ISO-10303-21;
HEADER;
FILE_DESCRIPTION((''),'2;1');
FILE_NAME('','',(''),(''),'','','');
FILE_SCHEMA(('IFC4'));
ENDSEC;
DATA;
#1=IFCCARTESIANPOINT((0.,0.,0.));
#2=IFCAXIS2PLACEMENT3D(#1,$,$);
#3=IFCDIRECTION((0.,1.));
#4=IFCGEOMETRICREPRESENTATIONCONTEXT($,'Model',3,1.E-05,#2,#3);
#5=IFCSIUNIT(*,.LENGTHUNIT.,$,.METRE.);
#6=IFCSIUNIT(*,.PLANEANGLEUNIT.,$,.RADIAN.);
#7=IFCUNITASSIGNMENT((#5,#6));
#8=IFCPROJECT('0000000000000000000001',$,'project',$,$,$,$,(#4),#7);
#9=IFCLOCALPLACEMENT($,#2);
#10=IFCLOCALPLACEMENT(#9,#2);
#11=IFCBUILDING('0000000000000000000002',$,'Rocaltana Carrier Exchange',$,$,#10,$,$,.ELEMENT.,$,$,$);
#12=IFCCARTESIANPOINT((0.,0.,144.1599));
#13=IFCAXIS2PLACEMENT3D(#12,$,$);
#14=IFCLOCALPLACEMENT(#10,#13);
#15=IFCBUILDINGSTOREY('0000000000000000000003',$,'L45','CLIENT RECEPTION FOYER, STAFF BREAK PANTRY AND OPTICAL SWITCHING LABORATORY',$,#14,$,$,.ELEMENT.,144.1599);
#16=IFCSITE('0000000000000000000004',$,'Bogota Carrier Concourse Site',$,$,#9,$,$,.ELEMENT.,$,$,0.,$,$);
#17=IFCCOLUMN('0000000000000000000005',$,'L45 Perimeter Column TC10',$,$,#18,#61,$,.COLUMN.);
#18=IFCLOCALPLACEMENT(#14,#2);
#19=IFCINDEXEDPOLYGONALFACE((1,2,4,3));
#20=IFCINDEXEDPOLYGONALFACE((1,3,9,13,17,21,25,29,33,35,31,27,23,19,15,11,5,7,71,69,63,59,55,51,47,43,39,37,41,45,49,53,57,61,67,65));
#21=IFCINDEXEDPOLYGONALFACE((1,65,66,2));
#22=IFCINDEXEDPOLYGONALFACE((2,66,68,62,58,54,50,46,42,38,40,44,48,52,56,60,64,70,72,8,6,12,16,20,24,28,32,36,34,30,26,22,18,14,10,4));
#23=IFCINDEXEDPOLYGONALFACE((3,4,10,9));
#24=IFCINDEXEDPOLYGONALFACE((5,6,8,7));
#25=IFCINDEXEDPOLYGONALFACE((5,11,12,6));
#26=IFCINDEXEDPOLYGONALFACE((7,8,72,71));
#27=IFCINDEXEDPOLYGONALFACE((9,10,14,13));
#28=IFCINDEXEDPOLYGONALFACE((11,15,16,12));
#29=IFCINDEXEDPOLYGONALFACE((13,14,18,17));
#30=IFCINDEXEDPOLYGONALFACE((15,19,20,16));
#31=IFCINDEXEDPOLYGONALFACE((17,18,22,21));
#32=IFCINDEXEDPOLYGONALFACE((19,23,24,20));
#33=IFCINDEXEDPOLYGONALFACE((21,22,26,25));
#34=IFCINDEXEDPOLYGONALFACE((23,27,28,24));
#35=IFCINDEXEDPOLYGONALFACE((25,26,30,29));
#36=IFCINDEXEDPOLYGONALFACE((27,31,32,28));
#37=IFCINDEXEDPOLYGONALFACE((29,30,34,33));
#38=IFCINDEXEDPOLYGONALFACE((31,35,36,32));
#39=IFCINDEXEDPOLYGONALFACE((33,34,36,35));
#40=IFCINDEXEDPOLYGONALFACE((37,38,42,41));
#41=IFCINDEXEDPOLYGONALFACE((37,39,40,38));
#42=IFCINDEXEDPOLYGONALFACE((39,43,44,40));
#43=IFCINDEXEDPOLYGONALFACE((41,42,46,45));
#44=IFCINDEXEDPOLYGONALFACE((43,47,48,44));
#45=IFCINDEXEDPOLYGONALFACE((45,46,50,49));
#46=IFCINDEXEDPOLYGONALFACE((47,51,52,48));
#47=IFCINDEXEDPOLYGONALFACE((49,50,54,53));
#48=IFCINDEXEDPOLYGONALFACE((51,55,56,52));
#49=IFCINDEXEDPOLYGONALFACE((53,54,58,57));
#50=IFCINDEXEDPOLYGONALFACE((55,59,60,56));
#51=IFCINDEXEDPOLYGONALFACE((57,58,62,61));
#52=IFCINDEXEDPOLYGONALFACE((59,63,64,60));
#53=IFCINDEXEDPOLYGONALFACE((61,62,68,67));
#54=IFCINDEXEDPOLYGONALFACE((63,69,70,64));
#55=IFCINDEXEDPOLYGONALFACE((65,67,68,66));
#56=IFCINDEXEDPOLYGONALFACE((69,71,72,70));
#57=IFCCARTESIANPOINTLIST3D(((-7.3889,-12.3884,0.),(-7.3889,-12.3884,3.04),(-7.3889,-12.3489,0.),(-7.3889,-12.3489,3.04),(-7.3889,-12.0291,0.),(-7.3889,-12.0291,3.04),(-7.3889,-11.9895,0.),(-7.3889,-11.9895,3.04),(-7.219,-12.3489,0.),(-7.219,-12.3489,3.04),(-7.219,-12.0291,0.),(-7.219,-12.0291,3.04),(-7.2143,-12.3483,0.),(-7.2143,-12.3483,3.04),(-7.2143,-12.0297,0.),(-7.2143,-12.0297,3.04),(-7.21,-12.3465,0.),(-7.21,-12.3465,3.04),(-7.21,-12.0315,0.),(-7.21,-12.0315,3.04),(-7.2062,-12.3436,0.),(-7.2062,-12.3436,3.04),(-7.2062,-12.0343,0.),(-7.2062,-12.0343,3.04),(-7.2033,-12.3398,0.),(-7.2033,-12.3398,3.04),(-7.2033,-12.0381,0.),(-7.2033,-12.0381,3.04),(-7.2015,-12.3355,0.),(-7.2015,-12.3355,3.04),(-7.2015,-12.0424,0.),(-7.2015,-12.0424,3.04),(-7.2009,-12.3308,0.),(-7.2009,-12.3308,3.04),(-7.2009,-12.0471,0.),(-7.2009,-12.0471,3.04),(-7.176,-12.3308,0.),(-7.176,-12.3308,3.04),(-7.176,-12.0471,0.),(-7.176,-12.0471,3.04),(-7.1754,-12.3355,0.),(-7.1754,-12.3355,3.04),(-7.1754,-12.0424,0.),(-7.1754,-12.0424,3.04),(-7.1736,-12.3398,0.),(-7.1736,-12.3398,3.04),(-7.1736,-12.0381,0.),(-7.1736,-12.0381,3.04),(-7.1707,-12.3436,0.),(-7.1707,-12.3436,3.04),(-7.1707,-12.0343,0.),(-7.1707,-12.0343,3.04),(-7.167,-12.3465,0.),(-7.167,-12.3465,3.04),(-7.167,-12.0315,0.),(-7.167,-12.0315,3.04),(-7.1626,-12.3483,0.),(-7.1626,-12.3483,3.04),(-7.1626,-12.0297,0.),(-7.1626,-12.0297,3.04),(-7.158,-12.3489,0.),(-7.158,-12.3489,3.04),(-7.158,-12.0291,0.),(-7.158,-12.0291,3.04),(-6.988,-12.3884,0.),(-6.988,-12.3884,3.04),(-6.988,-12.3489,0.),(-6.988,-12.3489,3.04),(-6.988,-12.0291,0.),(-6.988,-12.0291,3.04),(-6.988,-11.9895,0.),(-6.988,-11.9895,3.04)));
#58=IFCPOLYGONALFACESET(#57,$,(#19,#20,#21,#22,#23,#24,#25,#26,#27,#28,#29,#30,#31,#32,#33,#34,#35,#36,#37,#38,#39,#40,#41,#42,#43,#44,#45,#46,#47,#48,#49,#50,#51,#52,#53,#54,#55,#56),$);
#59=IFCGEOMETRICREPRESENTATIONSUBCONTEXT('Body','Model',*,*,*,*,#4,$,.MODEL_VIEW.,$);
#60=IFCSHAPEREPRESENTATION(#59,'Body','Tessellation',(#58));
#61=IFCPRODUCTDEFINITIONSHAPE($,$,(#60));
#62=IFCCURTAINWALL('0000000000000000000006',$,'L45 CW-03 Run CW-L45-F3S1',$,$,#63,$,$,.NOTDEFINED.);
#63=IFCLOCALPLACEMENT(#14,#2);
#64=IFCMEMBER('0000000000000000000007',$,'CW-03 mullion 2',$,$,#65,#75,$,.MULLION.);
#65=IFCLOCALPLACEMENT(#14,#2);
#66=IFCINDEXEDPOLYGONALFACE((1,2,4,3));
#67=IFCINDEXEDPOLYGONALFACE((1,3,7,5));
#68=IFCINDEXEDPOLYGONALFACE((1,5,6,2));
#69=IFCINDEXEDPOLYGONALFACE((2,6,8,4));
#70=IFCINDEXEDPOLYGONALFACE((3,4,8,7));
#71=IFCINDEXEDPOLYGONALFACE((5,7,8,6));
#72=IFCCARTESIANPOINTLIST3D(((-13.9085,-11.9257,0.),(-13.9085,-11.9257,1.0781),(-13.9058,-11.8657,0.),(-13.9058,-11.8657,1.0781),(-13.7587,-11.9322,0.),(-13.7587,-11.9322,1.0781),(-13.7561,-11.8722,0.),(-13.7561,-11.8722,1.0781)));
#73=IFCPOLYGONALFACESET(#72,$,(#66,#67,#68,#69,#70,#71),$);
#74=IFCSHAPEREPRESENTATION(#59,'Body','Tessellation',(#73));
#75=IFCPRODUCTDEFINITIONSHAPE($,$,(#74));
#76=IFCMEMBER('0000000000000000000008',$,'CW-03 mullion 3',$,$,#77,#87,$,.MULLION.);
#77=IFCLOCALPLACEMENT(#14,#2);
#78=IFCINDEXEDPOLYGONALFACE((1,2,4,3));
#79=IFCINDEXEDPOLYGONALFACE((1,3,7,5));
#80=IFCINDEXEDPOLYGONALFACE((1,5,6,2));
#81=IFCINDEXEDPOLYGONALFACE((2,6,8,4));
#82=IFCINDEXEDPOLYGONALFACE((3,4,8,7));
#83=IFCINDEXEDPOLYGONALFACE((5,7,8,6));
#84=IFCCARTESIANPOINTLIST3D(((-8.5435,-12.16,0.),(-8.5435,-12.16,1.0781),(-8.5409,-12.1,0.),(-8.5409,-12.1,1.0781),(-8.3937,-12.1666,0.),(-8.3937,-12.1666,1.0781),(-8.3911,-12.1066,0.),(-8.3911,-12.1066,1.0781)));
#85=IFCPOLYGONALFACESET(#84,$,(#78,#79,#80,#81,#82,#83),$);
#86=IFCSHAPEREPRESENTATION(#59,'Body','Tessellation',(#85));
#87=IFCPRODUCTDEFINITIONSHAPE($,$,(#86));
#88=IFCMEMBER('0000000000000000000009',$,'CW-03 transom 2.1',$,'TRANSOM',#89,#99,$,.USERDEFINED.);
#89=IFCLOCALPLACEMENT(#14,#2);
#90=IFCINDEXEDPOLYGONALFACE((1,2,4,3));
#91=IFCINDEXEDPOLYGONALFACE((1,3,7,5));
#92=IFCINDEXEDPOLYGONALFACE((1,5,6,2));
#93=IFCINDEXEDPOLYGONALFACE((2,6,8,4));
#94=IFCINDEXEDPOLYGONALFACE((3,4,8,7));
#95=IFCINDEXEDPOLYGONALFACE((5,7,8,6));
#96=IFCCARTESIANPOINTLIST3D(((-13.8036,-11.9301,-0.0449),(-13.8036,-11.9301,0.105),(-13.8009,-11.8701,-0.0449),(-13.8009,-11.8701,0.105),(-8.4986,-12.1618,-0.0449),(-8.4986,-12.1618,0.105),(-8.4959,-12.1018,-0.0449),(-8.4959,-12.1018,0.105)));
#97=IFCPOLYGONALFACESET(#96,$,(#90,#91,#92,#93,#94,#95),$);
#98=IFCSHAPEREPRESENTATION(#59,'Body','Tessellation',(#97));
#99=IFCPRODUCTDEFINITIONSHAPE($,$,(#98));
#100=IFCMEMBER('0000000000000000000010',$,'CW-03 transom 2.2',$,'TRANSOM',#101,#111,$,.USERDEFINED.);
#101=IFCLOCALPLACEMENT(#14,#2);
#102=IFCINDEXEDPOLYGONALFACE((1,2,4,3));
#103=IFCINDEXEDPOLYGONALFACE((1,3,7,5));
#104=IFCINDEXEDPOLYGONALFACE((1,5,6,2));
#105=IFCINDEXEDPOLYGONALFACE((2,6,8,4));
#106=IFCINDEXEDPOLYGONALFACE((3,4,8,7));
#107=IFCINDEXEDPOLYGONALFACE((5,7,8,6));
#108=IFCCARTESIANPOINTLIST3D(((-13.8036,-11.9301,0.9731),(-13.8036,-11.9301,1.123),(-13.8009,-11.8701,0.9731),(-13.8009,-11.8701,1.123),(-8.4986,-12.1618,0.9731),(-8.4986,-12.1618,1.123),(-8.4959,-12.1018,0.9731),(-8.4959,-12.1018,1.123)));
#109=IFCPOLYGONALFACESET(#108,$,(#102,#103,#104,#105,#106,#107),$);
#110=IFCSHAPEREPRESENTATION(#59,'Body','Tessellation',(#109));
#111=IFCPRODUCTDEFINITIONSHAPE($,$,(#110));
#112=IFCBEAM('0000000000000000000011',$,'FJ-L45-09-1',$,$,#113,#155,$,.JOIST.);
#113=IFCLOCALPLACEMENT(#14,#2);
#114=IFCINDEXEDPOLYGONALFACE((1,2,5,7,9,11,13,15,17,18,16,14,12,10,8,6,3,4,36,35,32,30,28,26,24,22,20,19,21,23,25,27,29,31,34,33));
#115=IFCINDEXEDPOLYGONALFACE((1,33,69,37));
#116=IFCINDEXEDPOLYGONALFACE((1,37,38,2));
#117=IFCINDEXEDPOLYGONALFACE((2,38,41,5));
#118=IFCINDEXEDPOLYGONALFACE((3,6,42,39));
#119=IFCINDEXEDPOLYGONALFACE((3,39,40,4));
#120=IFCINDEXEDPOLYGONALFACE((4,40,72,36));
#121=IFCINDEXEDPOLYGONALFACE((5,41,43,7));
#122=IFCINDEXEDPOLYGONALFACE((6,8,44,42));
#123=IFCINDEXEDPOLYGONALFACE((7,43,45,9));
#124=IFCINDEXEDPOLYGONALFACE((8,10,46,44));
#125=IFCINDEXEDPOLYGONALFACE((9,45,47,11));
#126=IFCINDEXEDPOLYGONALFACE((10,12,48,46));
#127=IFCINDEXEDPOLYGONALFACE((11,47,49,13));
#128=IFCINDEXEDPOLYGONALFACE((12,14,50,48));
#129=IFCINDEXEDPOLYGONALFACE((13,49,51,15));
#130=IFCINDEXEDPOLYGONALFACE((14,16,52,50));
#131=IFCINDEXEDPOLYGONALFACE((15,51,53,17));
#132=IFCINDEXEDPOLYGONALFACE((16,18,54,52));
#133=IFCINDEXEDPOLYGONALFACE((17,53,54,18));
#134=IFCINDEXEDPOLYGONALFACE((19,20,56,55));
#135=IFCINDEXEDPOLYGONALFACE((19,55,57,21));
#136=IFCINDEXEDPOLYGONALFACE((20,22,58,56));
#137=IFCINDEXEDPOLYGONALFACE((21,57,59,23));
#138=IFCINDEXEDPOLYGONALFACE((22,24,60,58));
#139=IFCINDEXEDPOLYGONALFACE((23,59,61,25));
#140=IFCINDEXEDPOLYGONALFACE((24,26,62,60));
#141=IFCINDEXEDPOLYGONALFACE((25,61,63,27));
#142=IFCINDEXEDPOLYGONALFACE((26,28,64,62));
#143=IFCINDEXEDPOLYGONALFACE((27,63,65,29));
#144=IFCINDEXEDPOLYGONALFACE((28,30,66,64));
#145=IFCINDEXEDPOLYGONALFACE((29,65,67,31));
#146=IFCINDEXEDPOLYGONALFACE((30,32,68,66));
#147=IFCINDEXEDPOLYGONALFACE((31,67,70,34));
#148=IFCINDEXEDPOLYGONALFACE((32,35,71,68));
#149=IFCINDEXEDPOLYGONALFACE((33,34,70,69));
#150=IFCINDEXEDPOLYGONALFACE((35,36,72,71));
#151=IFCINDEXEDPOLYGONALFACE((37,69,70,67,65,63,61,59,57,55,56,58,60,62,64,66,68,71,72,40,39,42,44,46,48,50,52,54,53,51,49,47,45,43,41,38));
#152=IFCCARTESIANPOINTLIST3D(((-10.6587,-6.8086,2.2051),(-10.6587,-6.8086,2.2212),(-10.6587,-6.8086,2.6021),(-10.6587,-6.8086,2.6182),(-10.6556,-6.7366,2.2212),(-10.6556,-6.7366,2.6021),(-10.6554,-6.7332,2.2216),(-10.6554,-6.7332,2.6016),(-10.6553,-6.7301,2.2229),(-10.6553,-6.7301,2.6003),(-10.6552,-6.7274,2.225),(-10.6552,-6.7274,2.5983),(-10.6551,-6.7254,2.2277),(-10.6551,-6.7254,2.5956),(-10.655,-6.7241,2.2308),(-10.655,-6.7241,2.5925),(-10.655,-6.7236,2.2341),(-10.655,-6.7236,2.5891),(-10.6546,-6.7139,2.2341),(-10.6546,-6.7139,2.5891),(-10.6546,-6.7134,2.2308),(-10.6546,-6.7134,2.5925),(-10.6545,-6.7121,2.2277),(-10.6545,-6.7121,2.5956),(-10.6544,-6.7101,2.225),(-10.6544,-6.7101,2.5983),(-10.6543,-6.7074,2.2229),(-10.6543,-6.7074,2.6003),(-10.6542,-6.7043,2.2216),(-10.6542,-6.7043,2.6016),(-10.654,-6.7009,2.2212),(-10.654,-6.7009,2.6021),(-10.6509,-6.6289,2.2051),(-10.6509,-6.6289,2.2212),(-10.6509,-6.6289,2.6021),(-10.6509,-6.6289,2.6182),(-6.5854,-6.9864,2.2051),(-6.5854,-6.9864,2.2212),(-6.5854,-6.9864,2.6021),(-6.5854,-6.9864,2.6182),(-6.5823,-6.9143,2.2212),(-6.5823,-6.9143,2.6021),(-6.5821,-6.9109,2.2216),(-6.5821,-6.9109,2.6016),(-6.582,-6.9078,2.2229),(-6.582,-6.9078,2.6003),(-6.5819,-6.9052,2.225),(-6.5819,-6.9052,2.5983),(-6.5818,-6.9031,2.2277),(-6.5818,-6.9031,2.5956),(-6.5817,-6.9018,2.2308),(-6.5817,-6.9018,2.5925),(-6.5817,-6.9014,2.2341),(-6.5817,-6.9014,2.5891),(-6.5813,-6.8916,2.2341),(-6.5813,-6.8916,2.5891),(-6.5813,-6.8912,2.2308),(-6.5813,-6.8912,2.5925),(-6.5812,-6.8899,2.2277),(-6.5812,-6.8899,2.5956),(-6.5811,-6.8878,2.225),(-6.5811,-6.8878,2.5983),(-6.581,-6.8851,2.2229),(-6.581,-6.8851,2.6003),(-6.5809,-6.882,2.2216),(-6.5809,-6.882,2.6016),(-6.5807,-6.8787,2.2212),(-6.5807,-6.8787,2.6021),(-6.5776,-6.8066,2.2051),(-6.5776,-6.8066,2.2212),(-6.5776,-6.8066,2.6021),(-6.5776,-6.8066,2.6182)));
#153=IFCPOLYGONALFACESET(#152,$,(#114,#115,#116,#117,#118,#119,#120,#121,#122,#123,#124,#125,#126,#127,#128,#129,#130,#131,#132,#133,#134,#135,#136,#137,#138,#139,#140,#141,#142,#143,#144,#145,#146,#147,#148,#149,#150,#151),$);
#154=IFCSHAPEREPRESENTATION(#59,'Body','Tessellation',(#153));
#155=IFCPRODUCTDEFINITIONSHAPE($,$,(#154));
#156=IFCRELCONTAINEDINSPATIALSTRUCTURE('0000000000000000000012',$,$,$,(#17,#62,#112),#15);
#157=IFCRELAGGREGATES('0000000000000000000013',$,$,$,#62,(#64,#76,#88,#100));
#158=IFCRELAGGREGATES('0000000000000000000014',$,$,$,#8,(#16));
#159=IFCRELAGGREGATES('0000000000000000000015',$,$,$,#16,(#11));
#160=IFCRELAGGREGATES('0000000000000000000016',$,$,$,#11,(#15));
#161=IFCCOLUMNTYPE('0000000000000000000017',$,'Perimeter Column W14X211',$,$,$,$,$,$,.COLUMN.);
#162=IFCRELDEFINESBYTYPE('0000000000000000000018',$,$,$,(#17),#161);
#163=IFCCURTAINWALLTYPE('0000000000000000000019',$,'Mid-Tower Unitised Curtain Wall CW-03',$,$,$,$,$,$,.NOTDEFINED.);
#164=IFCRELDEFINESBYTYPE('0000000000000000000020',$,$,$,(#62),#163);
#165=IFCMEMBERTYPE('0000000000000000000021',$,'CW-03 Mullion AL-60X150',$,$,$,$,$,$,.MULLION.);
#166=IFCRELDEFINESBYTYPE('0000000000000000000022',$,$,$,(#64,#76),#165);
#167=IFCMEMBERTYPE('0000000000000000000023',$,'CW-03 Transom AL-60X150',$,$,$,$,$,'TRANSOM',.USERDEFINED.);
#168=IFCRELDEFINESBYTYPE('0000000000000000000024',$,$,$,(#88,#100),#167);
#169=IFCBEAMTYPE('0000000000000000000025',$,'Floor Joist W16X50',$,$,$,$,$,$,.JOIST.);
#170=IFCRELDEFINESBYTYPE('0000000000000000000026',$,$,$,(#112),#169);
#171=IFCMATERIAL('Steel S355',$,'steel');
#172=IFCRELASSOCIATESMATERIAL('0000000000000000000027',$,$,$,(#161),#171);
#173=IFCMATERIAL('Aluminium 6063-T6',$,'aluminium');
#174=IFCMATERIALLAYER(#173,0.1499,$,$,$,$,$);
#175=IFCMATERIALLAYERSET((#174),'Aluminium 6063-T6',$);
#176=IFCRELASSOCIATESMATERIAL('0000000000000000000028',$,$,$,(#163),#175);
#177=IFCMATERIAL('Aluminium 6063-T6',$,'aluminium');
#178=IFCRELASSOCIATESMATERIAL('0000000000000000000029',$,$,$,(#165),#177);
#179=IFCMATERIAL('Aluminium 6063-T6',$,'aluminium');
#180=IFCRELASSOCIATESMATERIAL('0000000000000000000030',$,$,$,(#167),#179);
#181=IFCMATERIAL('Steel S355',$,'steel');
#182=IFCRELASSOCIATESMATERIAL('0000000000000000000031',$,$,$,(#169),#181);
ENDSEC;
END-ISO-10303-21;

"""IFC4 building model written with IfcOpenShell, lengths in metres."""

from ifc_helpers import new_model, si_unit, direction, frame, origin, origin_2d, place, context, subcontext, project, spatial, rectangle, i_section, extrude, material, layer, layer_set, material_profile, profile_set, type_object, element, aggregate, save


model = new_model("IFC4")

# Units and contexts
model_context = context("Model", 3, precision=1e-05, world=origin(), true_north=direction((0.0, 1.0)))
body_context = subcontext(model_context, "Body", "Model", "MODEL_VIEW")
ifc_project = project(units=[si_unit("LENGTHUNIT", "METRE"), si_unit("PLANEANGLEUNIT", "RADIAN")], contexts=[model_context])

# Site, building, storey
site_placement = place(None, origin())
site = spatial("IfcSite", under=ifc_project, at=site_placement, Name="Bogota Carrier Concourse Site", CompositionType="ELEMENT", RefElevation=0.0)
building_placement = place(site_placement, origin())
building = spatial("IfcBuilding", under=site, at=building_placement, Name="Rocaltana Carrier Exchange", CompositionType="ELEMENT")
storey_placement = place(building_placement, frame((0.0, 0.0, 144.1599)))
storey = spatial("IfcBuildingStorey", under=building, at=storey_placement, Name="L45", Description="CLIENT RECEPTION FOYER, STAFF BREAK PANTRY AND OPTICAL SWITCHING LABORATORY", CompositionType="ELEMENT", Elevation=144.1599)

# Column
ifc_material_1 = material(Name="Steel S355", Category="steel")
ifc_material_profile_1 = material_profile(ifc_material_1, i_section(OverallWidth=0.4009, OverallDepth=0.3989, WebThickness=0.0249, FlangeThickness=0.0396, FilletRadius=0.0181, at=origin_2d()), Name="W14X211")
ifc_profile_set_1 = profile_set([ifc_material_profile_1], Name="Steel S355")
column_type = type_object("IfcColumnType", Name="Perimeter Column W14X211", PredefinedType="COLUMN", material=ifc_profile_set_1)
column_placement = place(storey_placement, frame((-7.1885, -12.189, 0.0), z_axis=(0.0, 0.0, 1.0), x_axis=(1.0, 0.0, 0.0)))
element("IfcColumn", 1, at=column_placement, inside=storey, type_object=column_type, Name="L45 Perimeter Column TC10", PredefinedType="COLUMN", context=body_context, shape_type="SweptSolid", body=[
    extrude(i_section(OverallWidth=0.4009, OverallDepth=0.3989, WebThickness=0.0249, FlangeThickness=0.0396, FilletRadius=0.0181, at=origin_2d()), origin(), (0.0, 0.0, 1.0), 3.04),
])

# Curtain wall, members
ifc_material_2 = material(Name="Aluminium 6063-T6", Category="aluminium")
ifc_layer_1 = layer(ifc_material_2, 0.1499)
ifc_layer_set_1 = layer_set([ifc_layer_1], Name="Aluminium 6063-T6")
curtain_wall_type = type_object("IfcCurtainWallType", Name="Mid-Tower Unitised Curtain Wall CW-03", PredefinedType="NOTDEFINED", material=ifc_layer_set_1)
curtain_wall_1_placement = place(storey_placement, origin())
curtain_wall_1 = element("IfcCurtainWall", 2, at=curtain_wall_1_placement, inside=storey, type_object=curtain_wall_type, Name="L45 CW-03 Run CW-L45-F3S1", PredefinedType="NOTDEFINED")
ifc_material_3 = material(Name="Aluminium 6063-T6", Category="aluminium")
ifc_material_profile_2 = material_profile(ifc_material_3, rectangle(XDim=0.0601, YDim=0.1499, at=origin_2d()), Name="AL-60X150")
ifc_profile_set_2 = profile_set([ifc_material_profile_2], Name="Aluminium 6063-T6")
member_type_1 = type_object("IfcMemberType", Name="CW-03 Mullion AL-60X150", PredefinedType="MULLION", material=ifc_profile_set_2)
member_1_placement = place(storey_placement, frame((-13.8323, -11.8989, 0.0), z_axis=(0.0, 0.0, 1.0), x_axis=(0.043629, 0.999048, 0.0)))
member_1 = element("IfcMember", 3, at=member_1_placement, type_object=member_type_1, Name="CW-03 mullion 2", PredefinedType="MULLION", context=body_context, shape_type="SweptSolid", body=[
    extrude(rectangle(XDim=0.0601, YDim=0.1499, at=origin_2d()), origin(), (0.0, 0.0, 1.0), 1.0781),
])
member_2_placement = place(storey_placement, frame((-8.4673, -12.1333, 0.0), z_axis=(0.0, 0.0, 1.0), x_axis=(0.043629, 0.999048, 0.0)))
member_2 = element("IfcMember", 4, at=member_2_placement, type_object=member_type_1, Name="CW-03 mullion 3", PredefinedType="MULLION", context=body_context, shape_type="SweptSolid", body=[
    extrude(rectangle(XDim=0.0601, YDim=0.1499, at=origin_2d()), origin(), (0.0, 0.0, 1.0), 1.0781),
])
ifc_material_4 = material(Name="Aluminium 6063-T6", Category="aluminium")
ifc_material_profile_3 = material_profile(ifc_material_4, rectangle(XDim=0.0601, YDim=0.1499, at=origin_2d()), Name="AL-60X150")
ifc_profile_set_3 = profile_set([ifc_material_profile_3], Name="Aluminium 6063-T6")
member_type_2 = type_object("IfcMemberType", Name="CW-03 Transom AL-60X150", ElementType="TRANSOM", PredefinedType="USERDEFINED", material=ifc_profile_set_3)
member_3_placement = place(storey_placement, frame((-13.8022, -11.9001, 0.03), z_axis=(0.999048, -0.043633, 0.0), x_axis=(0.043633, 0.999048, 0.0)))
member_3 = element("IfcMember", 5, at=member_3_placement, type_object=member_type_2, Name="CW-03 transom 2.1", ObjectType="TRANSOM", PredefinedType="USERDEFINED", context=body_context, shape_type="SweptSolid", body=[
    extrude(rectangle(XDim=0.0601, YDim=0.1499, at=origin_2d()), origin(), (0.0, 0.0, 1.0), 5.3101),
])
member_4_placement = place(storey_placement, frame((-13.8022, -11.9001, 1.0481), z_axis=(0.999048, -0.043633, 0.0), x_axis=(0.043633, 0.999048, 0.0)))
member_4 = element("IfcMember", 6, at=member_4_placement, type_object=member_type_2, Name="CW-03 transom 2.2", ObjectType="TRANSOM", PredefinedType="USERDEFINED", context=body_context, shape_type="SweptSolid", body=[
    extrude(rectangle(XDim=0.0601, YDim=0.1499, at=origin_2d()), origin(), (0.0, 0.0, 1.0), 5.3101),
])

# Beam
ifc_material_5 = material(Name="Steel S355", Category="steel")
ifc_material_profile_4 = material_profile(ifc_material_5, i_section(OverallWidth=0.1799, OverallDepth=0.4131, WebThickness=0.0098, FlangeThickness=0.0161, FilletRadius=0.0129, at=origin_2d()), Name="W16X50")
ifc_profile_set_4 = profile_set([ifc_material_profile_4], Name="Steel S355")
beam_type_1 = type_object("IfcBeamType", Name="Floor Joist W16X50", PredefinedType="JOIST", material=ifc_profile_set_4)
beam_1_placement = place(storey_placement, frame((-10.6548, -6.7188, 2.4116), z_axis=(0.999049, -0.043593, 0.0), x_axis=(0.043593, 0.999049, 0.0)))
element("IfcBeam", 7, at=beam_1_placement, inside=storey, type_object=beam_type_1, Name="FJ-L45-09-1", PredefinedType="JOIST", context=body_context, shape_type="SweptSolid", body=[
    extrude(i_section(OverallWidth=0.1799, OverallDepth=0.4131, WebThickness=0.0098, FlangeThickness=0.0161, FilletRadius=0.0129, at=origin_2d()), origin(), (0.0, 0.0, 1.0), 4.0771),
])

aggregate(curtain_wall_1, [member_1, member_2, member_3, member_4])

save(model, "model.ifc")
